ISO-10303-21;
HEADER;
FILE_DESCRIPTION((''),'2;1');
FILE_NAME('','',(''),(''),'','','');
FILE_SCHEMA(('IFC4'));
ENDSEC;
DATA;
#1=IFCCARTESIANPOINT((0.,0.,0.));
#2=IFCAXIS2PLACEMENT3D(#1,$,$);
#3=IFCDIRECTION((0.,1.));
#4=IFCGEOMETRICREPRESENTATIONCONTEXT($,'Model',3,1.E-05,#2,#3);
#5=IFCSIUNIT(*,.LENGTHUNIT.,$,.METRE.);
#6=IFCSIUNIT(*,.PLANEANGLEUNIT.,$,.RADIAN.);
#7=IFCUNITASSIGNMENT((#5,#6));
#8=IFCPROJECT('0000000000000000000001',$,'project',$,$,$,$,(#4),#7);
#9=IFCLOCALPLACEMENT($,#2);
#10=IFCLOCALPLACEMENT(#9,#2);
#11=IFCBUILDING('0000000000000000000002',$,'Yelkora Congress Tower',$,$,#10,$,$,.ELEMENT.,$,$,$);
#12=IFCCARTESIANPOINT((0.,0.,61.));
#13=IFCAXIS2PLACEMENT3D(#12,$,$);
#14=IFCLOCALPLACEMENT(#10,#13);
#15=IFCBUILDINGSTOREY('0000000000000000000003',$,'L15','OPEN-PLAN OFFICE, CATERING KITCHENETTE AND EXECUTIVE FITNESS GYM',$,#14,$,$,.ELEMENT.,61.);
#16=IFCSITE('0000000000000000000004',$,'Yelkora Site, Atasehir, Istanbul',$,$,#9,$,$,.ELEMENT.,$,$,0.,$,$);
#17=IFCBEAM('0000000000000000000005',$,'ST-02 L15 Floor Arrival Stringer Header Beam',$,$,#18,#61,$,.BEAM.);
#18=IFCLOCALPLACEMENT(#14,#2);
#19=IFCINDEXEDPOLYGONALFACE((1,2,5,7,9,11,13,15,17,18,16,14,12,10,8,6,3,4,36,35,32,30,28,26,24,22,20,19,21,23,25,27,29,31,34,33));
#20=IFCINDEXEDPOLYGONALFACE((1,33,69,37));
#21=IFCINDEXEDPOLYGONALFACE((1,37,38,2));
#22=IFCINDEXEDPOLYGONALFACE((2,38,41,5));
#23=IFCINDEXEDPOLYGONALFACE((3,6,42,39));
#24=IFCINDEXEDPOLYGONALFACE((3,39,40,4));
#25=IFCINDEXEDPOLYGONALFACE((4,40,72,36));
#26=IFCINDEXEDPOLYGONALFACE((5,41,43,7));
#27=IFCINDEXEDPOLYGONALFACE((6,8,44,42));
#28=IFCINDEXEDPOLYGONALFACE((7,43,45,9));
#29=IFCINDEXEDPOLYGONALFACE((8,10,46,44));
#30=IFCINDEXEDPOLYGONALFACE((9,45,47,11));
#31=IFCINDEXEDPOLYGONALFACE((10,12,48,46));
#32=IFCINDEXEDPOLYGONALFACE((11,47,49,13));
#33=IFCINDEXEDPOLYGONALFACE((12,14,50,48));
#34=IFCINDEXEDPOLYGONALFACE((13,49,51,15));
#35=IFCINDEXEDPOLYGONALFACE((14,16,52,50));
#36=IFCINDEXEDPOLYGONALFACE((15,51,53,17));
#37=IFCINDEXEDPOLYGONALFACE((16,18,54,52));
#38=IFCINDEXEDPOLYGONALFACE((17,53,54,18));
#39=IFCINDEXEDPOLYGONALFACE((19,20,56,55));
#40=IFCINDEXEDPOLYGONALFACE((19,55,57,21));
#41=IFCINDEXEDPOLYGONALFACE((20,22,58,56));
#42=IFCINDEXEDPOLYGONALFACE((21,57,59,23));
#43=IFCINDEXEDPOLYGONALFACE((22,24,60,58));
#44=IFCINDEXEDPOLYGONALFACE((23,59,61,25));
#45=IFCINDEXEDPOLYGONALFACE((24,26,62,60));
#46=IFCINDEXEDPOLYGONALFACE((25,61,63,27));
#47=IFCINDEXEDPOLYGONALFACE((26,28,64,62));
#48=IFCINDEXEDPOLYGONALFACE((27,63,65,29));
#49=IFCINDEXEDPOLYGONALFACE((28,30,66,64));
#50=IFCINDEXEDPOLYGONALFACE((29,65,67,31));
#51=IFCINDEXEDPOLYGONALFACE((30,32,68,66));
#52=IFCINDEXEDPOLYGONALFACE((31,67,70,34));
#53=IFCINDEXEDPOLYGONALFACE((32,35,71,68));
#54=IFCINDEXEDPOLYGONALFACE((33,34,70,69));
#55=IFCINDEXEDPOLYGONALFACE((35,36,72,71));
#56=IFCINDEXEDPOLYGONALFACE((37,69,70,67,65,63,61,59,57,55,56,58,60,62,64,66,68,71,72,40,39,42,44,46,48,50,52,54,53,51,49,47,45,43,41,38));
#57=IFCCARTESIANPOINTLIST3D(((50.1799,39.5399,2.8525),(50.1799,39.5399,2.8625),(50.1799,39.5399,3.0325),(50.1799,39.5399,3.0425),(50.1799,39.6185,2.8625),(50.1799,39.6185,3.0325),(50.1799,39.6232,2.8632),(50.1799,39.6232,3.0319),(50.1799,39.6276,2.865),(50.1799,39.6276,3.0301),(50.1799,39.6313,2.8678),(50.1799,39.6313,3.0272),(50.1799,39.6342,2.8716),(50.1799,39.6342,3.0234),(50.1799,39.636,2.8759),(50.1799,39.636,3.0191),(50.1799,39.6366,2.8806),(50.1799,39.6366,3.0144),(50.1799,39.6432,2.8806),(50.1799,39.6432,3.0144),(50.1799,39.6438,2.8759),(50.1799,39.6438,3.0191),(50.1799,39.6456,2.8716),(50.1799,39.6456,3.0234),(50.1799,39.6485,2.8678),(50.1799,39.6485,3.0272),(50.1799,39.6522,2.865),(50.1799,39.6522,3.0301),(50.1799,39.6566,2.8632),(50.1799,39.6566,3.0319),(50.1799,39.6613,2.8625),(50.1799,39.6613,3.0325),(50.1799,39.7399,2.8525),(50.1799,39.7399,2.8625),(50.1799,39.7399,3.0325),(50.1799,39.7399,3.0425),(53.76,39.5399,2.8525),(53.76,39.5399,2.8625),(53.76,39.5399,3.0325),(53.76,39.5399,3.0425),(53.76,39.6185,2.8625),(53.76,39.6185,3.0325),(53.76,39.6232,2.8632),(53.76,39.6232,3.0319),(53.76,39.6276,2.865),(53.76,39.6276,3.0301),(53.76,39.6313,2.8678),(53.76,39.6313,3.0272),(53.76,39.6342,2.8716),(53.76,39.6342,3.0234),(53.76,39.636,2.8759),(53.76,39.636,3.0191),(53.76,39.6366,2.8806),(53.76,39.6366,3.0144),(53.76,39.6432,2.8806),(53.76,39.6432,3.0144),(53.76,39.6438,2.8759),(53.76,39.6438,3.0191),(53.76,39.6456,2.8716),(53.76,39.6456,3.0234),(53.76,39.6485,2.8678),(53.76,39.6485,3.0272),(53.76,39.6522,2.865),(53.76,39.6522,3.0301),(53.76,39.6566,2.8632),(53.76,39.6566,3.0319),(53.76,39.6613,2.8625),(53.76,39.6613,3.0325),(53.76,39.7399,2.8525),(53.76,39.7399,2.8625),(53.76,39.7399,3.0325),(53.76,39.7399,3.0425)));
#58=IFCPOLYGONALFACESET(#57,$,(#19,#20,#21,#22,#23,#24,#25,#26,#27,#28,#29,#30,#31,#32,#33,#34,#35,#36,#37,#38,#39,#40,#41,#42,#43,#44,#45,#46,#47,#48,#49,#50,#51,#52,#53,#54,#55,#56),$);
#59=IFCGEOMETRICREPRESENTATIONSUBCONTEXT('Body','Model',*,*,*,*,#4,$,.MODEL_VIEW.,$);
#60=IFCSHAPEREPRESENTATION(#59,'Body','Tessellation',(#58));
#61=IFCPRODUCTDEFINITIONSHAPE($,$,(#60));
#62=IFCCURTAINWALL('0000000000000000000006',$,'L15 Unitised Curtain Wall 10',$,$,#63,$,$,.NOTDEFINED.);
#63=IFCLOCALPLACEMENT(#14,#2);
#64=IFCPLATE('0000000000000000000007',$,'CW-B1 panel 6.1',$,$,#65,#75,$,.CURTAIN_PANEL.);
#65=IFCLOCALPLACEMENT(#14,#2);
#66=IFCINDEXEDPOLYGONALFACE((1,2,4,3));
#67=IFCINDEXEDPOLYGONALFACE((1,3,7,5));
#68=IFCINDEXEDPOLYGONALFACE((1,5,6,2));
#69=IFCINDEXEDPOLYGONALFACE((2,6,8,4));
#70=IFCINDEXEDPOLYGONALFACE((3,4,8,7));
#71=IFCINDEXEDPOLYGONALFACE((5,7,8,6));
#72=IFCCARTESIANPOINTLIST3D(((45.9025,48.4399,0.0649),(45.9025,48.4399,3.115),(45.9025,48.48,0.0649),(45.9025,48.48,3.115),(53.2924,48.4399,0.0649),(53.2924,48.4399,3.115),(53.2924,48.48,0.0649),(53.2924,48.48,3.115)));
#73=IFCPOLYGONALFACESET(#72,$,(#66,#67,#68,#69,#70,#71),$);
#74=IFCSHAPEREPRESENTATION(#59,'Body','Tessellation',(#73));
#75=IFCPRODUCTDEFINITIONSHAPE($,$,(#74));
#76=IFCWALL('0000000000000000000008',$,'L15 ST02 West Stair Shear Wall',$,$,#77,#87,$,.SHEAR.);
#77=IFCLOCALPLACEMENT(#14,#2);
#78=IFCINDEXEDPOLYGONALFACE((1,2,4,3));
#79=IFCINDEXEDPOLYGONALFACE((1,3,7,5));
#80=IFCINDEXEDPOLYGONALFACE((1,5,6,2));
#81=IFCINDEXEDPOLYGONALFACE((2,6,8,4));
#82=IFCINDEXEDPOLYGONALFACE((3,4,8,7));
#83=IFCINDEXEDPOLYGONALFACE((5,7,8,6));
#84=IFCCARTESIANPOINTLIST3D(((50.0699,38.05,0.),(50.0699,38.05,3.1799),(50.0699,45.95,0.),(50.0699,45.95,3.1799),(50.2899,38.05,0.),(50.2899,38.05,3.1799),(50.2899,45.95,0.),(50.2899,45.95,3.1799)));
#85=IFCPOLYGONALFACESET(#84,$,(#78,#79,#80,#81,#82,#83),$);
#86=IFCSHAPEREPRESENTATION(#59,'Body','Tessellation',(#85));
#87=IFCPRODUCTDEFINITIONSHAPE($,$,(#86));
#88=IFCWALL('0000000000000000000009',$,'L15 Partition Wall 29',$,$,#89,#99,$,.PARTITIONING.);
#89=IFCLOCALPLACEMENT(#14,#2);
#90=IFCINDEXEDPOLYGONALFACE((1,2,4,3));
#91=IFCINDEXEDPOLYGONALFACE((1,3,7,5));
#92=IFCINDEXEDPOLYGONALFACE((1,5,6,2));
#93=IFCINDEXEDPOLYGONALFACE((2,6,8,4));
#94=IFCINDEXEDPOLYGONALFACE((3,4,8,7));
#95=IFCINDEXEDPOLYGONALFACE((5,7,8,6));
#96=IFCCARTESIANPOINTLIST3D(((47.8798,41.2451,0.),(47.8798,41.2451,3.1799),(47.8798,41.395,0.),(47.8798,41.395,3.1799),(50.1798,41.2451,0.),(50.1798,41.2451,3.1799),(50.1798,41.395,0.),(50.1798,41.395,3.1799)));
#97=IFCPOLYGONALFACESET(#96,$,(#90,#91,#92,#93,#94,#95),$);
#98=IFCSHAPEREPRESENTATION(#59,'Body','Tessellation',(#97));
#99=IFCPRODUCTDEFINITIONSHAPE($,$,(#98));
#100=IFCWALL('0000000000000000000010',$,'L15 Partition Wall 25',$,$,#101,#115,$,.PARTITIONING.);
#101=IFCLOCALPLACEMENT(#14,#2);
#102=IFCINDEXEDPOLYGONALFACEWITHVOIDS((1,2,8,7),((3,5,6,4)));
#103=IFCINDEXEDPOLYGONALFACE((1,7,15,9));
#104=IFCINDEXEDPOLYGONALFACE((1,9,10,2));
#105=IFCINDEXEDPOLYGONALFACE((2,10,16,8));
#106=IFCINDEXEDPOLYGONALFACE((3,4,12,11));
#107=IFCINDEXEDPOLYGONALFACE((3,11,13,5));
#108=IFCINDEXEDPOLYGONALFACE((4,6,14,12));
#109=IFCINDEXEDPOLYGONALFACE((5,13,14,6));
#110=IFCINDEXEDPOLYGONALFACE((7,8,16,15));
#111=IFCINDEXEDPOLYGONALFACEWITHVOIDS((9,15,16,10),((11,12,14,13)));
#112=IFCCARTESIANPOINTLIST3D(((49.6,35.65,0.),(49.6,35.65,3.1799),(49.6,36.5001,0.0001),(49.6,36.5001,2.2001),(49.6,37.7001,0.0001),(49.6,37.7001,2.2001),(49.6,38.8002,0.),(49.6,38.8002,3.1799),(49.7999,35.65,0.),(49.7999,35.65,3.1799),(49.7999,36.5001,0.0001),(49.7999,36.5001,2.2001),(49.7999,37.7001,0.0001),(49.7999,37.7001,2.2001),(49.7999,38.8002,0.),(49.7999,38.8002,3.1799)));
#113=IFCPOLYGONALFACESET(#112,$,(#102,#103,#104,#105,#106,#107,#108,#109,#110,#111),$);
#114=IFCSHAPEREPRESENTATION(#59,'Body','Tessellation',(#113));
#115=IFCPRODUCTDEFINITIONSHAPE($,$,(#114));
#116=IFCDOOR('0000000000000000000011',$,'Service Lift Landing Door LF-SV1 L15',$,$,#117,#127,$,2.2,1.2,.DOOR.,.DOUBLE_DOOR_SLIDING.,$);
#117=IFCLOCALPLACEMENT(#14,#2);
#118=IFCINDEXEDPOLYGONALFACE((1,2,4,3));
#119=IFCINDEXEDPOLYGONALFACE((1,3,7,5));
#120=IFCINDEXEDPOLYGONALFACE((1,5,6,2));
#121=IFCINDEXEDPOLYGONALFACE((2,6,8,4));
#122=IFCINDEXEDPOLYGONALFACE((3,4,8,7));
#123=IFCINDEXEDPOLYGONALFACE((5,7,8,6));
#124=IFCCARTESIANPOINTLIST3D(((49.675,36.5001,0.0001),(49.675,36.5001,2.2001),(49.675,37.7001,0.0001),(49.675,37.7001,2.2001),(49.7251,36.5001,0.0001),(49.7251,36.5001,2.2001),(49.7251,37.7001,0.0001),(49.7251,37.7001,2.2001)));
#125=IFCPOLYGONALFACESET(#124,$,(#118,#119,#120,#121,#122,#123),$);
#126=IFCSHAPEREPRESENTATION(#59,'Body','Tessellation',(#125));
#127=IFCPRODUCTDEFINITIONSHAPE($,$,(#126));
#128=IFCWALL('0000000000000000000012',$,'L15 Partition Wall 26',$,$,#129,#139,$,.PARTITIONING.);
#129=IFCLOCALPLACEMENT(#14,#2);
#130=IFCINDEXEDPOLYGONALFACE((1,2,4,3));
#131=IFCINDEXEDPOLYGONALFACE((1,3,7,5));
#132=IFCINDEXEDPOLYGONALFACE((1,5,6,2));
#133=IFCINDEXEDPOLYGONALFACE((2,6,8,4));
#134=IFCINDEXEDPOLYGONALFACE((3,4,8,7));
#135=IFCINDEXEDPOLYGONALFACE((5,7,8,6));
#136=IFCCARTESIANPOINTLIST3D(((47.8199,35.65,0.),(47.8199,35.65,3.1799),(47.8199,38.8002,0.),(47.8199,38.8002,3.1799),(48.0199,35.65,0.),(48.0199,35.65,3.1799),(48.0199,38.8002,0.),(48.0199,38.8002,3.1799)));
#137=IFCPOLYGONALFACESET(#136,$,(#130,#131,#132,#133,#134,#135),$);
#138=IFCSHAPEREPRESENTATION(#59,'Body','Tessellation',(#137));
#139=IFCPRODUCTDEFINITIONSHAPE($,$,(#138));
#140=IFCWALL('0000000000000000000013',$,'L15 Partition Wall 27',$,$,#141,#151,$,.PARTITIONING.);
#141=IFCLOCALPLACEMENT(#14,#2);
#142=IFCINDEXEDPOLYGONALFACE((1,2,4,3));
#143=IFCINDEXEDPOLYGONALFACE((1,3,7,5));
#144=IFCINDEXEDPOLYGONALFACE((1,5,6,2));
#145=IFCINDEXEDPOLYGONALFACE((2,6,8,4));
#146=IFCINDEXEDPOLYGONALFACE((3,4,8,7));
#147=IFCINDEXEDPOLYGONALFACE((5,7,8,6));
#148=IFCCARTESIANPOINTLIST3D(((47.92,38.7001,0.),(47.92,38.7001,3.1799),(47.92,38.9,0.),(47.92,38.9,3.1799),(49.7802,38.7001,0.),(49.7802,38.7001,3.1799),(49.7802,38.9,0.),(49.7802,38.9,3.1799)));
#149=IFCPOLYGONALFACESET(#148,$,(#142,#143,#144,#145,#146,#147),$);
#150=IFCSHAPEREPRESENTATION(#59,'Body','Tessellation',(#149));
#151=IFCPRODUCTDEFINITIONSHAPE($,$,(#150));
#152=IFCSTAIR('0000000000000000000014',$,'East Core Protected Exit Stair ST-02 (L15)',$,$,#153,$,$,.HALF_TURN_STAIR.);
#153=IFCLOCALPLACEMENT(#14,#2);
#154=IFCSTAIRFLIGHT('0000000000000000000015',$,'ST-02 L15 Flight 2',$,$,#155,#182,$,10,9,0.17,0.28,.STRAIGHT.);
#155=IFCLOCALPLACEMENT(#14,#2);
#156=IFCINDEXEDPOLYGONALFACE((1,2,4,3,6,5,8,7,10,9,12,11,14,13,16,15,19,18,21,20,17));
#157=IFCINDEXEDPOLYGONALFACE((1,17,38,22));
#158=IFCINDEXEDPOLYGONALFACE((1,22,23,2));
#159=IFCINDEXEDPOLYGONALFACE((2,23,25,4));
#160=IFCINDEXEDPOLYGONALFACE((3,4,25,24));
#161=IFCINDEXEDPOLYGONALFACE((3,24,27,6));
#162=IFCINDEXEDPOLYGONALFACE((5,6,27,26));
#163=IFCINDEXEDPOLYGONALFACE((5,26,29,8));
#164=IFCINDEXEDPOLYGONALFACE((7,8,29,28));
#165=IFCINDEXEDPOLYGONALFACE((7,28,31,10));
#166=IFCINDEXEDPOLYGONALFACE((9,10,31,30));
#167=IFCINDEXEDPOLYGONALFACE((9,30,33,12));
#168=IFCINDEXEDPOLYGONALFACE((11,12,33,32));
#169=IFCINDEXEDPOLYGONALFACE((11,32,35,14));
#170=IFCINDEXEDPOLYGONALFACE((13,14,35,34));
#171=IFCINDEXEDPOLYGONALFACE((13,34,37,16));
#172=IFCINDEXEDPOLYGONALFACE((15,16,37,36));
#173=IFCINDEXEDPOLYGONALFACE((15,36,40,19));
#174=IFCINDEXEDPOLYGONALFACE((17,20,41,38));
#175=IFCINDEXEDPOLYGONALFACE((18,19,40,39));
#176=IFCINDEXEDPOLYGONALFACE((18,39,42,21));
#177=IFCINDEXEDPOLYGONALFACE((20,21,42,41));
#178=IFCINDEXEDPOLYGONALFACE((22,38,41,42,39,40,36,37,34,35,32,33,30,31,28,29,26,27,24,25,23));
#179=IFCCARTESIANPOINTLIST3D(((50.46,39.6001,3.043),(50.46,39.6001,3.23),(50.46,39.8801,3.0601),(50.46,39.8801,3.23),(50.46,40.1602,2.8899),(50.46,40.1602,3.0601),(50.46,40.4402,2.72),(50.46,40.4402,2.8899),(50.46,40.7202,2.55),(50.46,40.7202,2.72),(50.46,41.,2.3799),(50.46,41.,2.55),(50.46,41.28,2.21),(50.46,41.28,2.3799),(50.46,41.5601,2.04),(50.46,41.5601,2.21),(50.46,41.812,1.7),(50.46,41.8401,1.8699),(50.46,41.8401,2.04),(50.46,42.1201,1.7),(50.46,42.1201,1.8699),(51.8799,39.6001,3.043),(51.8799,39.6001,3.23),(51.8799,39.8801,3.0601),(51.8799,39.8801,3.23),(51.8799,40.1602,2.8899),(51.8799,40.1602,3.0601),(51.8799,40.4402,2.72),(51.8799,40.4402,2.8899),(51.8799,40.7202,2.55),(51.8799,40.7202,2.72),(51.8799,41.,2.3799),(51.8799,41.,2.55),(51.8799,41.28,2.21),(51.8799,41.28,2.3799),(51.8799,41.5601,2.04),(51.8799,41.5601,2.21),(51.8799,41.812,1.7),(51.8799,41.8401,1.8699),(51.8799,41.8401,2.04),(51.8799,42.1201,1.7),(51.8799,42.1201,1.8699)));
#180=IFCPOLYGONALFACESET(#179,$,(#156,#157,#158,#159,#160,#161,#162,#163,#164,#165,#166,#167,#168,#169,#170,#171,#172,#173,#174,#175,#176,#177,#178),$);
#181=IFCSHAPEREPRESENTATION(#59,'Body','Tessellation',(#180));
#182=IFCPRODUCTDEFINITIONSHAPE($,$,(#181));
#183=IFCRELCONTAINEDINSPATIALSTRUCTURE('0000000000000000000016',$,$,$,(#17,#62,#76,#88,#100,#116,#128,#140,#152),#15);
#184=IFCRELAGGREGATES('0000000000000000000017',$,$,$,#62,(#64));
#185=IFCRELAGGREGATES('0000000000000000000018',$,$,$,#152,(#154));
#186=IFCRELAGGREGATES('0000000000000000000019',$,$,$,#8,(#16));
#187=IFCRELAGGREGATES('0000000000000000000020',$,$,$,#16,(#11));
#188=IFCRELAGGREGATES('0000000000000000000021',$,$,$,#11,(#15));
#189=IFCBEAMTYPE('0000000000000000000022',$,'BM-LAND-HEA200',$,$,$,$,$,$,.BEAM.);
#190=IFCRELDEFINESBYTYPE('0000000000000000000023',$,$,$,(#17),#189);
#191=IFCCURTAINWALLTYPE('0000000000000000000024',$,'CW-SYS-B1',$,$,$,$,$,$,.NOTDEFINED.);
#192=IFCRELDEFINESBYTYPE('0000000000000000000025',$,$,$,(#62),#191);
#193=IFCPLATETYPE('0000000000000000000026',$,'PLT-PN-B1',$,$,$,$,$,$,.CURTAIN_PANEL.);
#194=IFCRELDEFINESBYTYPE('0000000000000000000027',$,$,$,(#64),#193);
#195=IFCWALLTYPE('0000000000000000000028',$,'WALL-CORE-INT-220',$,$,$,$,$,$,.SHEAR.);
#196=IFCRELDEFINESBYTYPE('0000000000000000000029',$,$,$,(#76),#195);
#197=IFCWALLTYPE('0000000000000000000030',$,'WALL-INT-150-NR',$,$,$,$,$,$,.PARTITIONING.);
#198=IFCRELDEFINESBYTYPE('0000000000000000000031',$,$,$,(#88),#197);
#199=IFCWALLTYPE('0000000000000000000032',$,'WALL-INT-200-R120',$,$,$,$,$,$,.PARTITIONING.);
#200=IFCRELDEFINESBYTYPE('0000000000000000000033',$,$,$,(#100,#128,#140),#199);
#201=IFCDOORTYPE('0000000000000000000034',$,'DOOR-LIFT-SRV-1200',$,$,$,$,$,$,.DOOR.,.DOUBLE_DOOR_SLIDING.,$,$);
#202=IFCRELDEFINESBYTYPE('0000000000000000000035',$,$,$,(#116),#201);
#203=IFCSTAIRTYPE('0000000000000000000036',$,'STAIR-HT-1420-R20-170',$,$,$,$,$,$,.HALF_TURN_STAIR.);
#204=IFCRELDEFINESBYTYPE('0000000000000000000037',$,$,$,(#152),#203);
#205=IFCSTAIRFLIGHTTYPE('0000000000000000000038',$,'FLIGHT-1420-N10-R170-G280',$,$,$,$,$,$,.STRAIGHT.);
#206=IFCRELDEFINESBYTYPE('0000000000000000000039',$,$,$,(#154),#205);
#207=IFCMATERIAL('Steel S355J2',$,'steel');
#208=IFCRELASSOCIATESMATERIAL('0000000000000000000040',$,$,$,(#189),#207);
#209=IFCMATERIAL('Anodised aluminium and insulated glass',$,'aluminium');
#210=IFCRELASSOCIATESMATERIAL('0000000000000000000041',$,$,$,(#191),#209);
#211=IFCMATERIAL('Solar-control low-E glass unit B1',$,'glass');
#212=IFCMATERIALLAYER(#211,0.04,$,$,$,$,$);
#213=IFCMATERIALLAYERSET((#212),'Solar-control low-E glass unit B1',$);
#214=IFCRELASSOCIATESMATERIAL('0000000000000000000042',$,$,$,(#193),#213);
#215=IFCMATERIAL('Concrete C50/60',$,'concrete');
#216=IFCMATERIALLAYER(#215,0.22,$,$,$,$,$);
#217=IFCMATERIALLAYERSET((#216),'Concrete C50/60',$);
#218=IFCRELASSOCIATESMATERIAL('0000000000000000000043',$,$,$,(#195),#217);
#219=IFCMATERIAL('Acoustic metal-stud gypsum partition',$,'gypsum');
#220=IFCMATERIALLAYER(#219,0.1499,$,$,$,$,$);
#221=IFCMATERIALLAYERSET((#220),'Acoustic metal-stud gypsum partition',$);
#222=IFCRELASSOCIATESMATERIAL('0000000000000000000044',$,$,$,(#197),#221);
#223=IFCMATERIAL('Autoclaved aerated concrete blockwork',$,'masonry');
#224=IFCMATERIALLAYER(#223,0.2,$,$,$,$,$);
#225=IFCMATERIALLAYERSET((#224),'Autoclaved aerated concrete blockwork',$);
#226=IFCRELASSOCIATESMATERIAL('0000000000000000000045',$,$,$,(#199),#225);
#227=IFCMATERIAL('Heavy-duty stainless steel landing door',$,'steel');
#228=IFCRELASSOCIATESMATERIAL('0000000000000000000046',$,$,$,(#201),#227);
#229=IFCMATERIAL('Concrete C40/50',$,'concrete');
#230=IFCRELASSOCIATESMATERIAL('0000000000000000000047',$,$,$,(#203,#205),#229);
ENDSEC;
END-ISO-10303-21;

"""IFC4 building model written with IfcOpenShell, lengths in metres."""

from ifc_helpers import new_model, si_unit, direction, frame, frame_2d, origin, origin_2d, place, context, subcontext, project, spatial, polyline, rectangle, i_section, outline, extrude, material, layer, layer_set, material_profile, profile_set, type_object, element, fill, aggregate, save


model = new_model("IFC4")

# Units and contexts
model_context = context("Model", 3, precision=1e-05, world=origin(), true_north=direction((0.0, 1.0)))
body_context = subcontext(model_context, "Body", "Model", "MODEL_VIEW")
ifc_project = project(units=[si_unit("LENGTHUNIT", "METRE"), si_unit("PLANEANGLEUNIT", "RADIAN")], contexts=[model_context])

# Site, building, storey
site_placement = place(None, origin())
site = spatial("IfcSite", under=ifc_project, at=site_placement, Name="Yelkora Site, Atasehir, Istanbul", CompositionType="ELEMENT", RefElevation=0.0)
building_placement = place(site_placement, origin())
building = spatial("IfcBuilding", under=site, at=building_placement, Name="Yelkora Congress Tower", CompositionType="ELEMENT")
storey_placement = place(building_placement, frame((0.0, 0.0, 61.0)))
storey = spatial("IfcBuildingStorey", under=building, at=storey_placement, Name="L15", Description="OPEN-PLAN OFFICE, CATERING KITCHENETTE AND EXECUTIVE FITNESS GYM", CompositionType="ELEMENT", Elevation=61.0)

# Beam
ifc_material_1 = material(Name="Steel S355J2", Category="steel")
ifc_material_profile_1 = material_profile(ifc_material_1, i_section(OverallWidth=0.2, OverallDepth=0.1899, WebThickness=0.0066, FlangeThickness=0.01, FilletRadius=0.0181, at=origin_2d()), Name="HEA 200")
ifc_profile_set_1 = profile_set([ifc_material_profile_1], Name="Steel S355J2")
beam_type = type_object("IfcBeamType", Name="BM-LAND-HEA200", PredefinedType="BEAM", material=ifc_profile_set_1)
beam_1_placement = place(storey_placement, frame((50.1799, 39.6399, 2.9475), z_axis=(1.0, 0.0, 0.0), x_axis=(0.0, 1.0, 0.0)))
element("IfcBeam", 1, at=beam_1_placement, inside=storey, type_object=beam_type, Name="ST-02 L15 Floor Arrival Stringer Header Beam", PredefinedType="BEAM", context=body_context, shape_type="SweptSolid", body=[
    extrude(i_section(OverallWidth=0.2, OverallDepth=0.1899, WebThickness=0.0066, FlangeThickness=0.01, FilletRadius=0.0181, at=origin_2d()), origin(), (0.0, 0.0, 1.0), 3.5801),
])

# Curtain wall, plate
ifc_material_2 = material(Name="Anodised aluminium and insulated glass", Category="aluminium")
curtain_wall_type = type_object("IfcCurtainWallType", Name="CW-SYS-B1", PredefinedType="NOTDEFINED", material=ifc_material_2)
curtain_wall_placement = place(storey_placement, origin())
curtain_wall = element("IfcCurtainWall", 2, at=curtain_wall_placement, inside=storey, type_object=curtain_wall_type, Name="L15 Unitised Curtain Wall 10", PredefinedType="NOTDEFINED")
ifc_material_3 = material(Name="Solar-control low-E glass unit B1", Category="glass")
ifc_layer_1 = layer(ifc_material_3, 0.04)
ifc_layer_set_1 = layer_set([ifc_layer_1], Name="Solar-control low-E glass unit B1")
plate_type = type_object("IfcPlateType", Name="PLT-PN-B1", PredefinedType="CURTAIN_PANEL", material=ifc_layer_set_1)
plate_placement = place(storey_placement, frame((49.5974, 48.46, 0.0649), z_axis=(0.0, 0.0, 1.0), x_axis=(1.0, 0.0, 0.0)))
plate = element("IfcPlate", 3, at=plate_placement, type_object=plate_type, Name="CW-B1 panel 6.1", PredefinedType="CURTAIN_PANEL", context=body_context, shape_type="SweptSolid", body=[
    extrude(rectangle(XDim=7.3899, YDim=0.04, at=origin_2d()), origin(), (0.0, 0.0, 1.0), 3.05),
])
aggregate(curtain_wall, [plate])

# Walls
ifc_material_4 = material(Name="Concrete C50/60", Category="concrete")
ifc_layer_2 = layer(ifc_material_4, 0.22)
ifc_layer_set_2 = layer_set([ifc_layer_2], Name="Concrete C50/60")
wall_type_1 = type_object("IfcWallType", Name="WALL-CORE-INT-220", PredefinedType="SHEAR", material=ifc_layer_set_2)
wall_1_placement = place(storey_placement, frame((50.1799, 38.05, 0.0), z_axis=(0.0, 0.0, 1.0), x_axis=(0.0, 1.0, 0.0)))
element("IfcWall", 4, at=wall_1_placement, inside=storey, type_object=wall_type_1, Name="L15 ST02 West Stair Shear Wall", PredefinedType="SHEAR", context=body_context, shape_type="SweptSolid", body=[
    extrude(rectangle(XDim=7.8999, YDim=0.22, at=frame_2d((3.95, 0.0))), origin(), (0.0, 0.0, 1.0), 3.1799),
])
ifc_material_5 = material(Name="Acoustic metal-stud gypsum partition", Category="gypsum")
ifc_layer_3 = layer(ifc_material_5, 0.1499)
ifc_layer_set_3 = layer_set([ifc_layer_3], Name="Acoustic metal-stud gypsum partition")
wall_type_2 = type_object("IfcWallType", Name="WALL-INT-150-NR", PredefinedType="PARTITIONING", material=ifc_layer_set_3)
wall_2_placement = place(storey_placement, frame((47.8799, 41.3201, 0.0), z_axis=(0.0, 0.0, 1.0), x_axis=(1.0, 0.0, 0.0)))
element("IfcWall", 5, at=wall_2_placement, inside=storey, type_object=wall_type_2, Name="L15 Partition Wall 29", PredefinedType="PARTITIONING", context=body_context, shape_type="SweptSolid", body=[
    extrude(rectangle(XDim=2.3, YDim=0.1499, at=frame_2d((1.1499, 0.0))), origin(), (0.0, 0.0, 1.0), 3.1799),
])

# Wall, opening, door
ifc_material_6 = material(Name="Autoclaved aerated concrete blockwork", Category="masonry")
ifc_layer_4 = layer(ifc_material_6, 0.2)
ifc_layer_set_4 = layer_set([ifc_layer_4], Name="Autoclaved aerated concrete blockwork")
wall_type_3 = type_object("IfcWallType", Name="WALL-INT-200-R120", PredefinedType="PARTITIONING", material=ifc_layer_set_4)
wall_3_placement = place(storey_placement, frame((49.7, 35.6499, 0.0), z_axis=(0.0, 0.0, 1.0), x_axis=(0.0, 1.0, 0.0)))
wall_3 = element("IfcWall", 6, at=wall_3_placement, inside=storey, type_object=wall_type_3, Name="L15 Partition Wall 25", PredefinedType="PARTITIONING", context=body_context, shape_type="SweptSolid", body=[
    extrude(rectangle(XDim=3.1501, YDim=0.2, at=frame_2d((1.5752, 0.0))), origin(), (0.0, 0.0, 1.0), 3.1799),
])
opening_1_placement = place(wall_3_placement, frame((0.8501, 0.0, 0.0)))
opening_1 = element("IfcOpeningElement", 7, at=opening_1_placement, cuts=wall_3, PredefinedType="OPENING", context=body_context, shape_type="SweptSolid", body=[
    extrude(rectangle(XDim=1.2, YDim=2.2, at=frame_2d((0.6001, 1.1001))), frame((0.0, 0.1099, 0.0), z_axis=(0.0, -1.0, 0.0), x_axis=(1.0, 0.0, 0.0)), (0.0, 0.0, 1.0), 0.22),
])
ifc_material_7 = material(Name="Heavy-duty stainless steel landing door", Category="steel")
door_type_1 = type_object("IfcDoorType", Name="DOOR-LIFT-SRV-1200", OperationType="DOUBLE_DOOR_SLIDING", PredefinedType="DOOR", material=ifc_material_7)
door_1_placement = place(opening_1_placement, origin())
door_1 = element("IfcDoor", 8, at=door_1_placement, inside=storey, type_object=door_type_1, Name="Service Lift Landing Door LF-SV1 L15", OperationType="DOUBLE_DOOR_SLIDING", OverallHeight=2.2, OverallWidth=1.2, PredefinedType="DOOR", context=body_context, shape_type="SweptSolid", body=[
    extrude(rectangle(XDim=1.2, YDim=2.2, at=frame_2d((0.6001, 1.1001))), frame((0.0, 0.0249, 0.0), z_axis=(0.0, -1.0, 0.0), x_axis=(1.0, 0.0, 0.0)), (0.0, 0.0, 1.0), 0.05),
])
fill(opening_1, door_1)

# Walls
wall_4_placement = place(storey_placement, frame((47.9199, 35.6499, 0.0), z_axis=(0.0, 0.0, 1.0), x_axis=(0.0, 1.0, 0.0)))
element("IfcWall", 9, at=wall_4_placement, inside=storey, type_object=wall_type_3, Name="L15 Partition Wall 26", PredefinedType="PARTITIONING", context=body_context, shape_type="SweptSolid", body=[
    extrude(rectangle(XDim=3.1501, YDim=0.2, at=frame_2d((1.5752, 0.0))), origin(), (0.0, 0.0, 1.0), 3.1799),
])
wall_5_placement = place(storey_placement, frame((47.9199, 38.8, 0.0), z_axis=(0.0, 0.0, 1.0), x_axis=(1.0, 0.0, 0.0)))
element("IfcWall", 10, at=wall_5_placement, inside=storey, type_object=wall_type_3, Name="L15 Partition Wall 27", PredefinedType="PARTITIONING", context=body_context, shape_type="SweptSolid", body=[
    extrude(rectangle(XDim=1.8601, YDim=0.2, at=frame_2d((0.9302, 0.0))), origin(), (0.0, 0.0, 1.0), 3.1799),
])

# Stair, stair flight
ifc_material_8 = material(Name="Concrete C40/50", Category="concrete")
stair_type = type_object("IfcStairType", Name="STAIR-HT-1420-R20-170", PredefinedType="HALF_TURN_STAIR", material=ifc_material_8)
stair_placement = place(storey_placement, origin())
stair = element("IfcStair", 11, at=stair_placement, inside=storey, type_object=stair_type, Name="East Core Protected Exit Stair ST-02 (L15)", PredefinedType="HALF_TURN_STAIR")
stair_flight_type = type_object("IfcStairFlightType", Name="FLIGHT-1420-N10-R170-G280", PredefinedType="STRAIGHT", material=ifc_material_8)
stair_flight_placement = place(storey_placement, frame((51.1699, 42.1201, 1.7), z_axis=(0.0, 0.0, 1.0), x_axis=(0.0, -1.0, 0.0)))
stair_flight = element("IfcStairFlight", 12, at=stair_flight_placement, type_object=stair_flight_type, Name="ST-02 L15 Flight 2", NumberOfRisers=10, NumberOfTreads=9, PredefinedType="STRAIGHT", RiserHeight=0.17, TreadLength=0.28, context=body_context, shape_type="SweptSolid", body=[
    extrude(outline(polyline([(0.0, 0.0), (0.0, 0.1699), (0.28, 0.1699), (0.28, 0.3401), (0.5601, 0.3401), (0.5601, 0.51), (0.8401, 0.51), (0.8401, 0.6799), (1.1201, 0.6799), (1.1201, 0.8501), (1.3999, 0.8501), (1.3999, 1.02), (1.6799, 1.02), (1.6799, 1.1899), (1.96, 1.1899), (1.96, 1.3601), (2.24, 1.3601), (2.24, 1.53), (2.52, 1.53), (2.52, 1.7), (2.52, 1.343), (0.3081, 0.0), (0.0, 0.0)])), frame((0.0, 0.71, 0.0), z_axis=(0.0, -1.0, 0.0), x_axis=(1.0, 0.0, 0.0)), (0.0, 0.0, 1.0), 1.4199),
])
aggregate(stair, [stair_flight])

save(model, "model.ifc")
